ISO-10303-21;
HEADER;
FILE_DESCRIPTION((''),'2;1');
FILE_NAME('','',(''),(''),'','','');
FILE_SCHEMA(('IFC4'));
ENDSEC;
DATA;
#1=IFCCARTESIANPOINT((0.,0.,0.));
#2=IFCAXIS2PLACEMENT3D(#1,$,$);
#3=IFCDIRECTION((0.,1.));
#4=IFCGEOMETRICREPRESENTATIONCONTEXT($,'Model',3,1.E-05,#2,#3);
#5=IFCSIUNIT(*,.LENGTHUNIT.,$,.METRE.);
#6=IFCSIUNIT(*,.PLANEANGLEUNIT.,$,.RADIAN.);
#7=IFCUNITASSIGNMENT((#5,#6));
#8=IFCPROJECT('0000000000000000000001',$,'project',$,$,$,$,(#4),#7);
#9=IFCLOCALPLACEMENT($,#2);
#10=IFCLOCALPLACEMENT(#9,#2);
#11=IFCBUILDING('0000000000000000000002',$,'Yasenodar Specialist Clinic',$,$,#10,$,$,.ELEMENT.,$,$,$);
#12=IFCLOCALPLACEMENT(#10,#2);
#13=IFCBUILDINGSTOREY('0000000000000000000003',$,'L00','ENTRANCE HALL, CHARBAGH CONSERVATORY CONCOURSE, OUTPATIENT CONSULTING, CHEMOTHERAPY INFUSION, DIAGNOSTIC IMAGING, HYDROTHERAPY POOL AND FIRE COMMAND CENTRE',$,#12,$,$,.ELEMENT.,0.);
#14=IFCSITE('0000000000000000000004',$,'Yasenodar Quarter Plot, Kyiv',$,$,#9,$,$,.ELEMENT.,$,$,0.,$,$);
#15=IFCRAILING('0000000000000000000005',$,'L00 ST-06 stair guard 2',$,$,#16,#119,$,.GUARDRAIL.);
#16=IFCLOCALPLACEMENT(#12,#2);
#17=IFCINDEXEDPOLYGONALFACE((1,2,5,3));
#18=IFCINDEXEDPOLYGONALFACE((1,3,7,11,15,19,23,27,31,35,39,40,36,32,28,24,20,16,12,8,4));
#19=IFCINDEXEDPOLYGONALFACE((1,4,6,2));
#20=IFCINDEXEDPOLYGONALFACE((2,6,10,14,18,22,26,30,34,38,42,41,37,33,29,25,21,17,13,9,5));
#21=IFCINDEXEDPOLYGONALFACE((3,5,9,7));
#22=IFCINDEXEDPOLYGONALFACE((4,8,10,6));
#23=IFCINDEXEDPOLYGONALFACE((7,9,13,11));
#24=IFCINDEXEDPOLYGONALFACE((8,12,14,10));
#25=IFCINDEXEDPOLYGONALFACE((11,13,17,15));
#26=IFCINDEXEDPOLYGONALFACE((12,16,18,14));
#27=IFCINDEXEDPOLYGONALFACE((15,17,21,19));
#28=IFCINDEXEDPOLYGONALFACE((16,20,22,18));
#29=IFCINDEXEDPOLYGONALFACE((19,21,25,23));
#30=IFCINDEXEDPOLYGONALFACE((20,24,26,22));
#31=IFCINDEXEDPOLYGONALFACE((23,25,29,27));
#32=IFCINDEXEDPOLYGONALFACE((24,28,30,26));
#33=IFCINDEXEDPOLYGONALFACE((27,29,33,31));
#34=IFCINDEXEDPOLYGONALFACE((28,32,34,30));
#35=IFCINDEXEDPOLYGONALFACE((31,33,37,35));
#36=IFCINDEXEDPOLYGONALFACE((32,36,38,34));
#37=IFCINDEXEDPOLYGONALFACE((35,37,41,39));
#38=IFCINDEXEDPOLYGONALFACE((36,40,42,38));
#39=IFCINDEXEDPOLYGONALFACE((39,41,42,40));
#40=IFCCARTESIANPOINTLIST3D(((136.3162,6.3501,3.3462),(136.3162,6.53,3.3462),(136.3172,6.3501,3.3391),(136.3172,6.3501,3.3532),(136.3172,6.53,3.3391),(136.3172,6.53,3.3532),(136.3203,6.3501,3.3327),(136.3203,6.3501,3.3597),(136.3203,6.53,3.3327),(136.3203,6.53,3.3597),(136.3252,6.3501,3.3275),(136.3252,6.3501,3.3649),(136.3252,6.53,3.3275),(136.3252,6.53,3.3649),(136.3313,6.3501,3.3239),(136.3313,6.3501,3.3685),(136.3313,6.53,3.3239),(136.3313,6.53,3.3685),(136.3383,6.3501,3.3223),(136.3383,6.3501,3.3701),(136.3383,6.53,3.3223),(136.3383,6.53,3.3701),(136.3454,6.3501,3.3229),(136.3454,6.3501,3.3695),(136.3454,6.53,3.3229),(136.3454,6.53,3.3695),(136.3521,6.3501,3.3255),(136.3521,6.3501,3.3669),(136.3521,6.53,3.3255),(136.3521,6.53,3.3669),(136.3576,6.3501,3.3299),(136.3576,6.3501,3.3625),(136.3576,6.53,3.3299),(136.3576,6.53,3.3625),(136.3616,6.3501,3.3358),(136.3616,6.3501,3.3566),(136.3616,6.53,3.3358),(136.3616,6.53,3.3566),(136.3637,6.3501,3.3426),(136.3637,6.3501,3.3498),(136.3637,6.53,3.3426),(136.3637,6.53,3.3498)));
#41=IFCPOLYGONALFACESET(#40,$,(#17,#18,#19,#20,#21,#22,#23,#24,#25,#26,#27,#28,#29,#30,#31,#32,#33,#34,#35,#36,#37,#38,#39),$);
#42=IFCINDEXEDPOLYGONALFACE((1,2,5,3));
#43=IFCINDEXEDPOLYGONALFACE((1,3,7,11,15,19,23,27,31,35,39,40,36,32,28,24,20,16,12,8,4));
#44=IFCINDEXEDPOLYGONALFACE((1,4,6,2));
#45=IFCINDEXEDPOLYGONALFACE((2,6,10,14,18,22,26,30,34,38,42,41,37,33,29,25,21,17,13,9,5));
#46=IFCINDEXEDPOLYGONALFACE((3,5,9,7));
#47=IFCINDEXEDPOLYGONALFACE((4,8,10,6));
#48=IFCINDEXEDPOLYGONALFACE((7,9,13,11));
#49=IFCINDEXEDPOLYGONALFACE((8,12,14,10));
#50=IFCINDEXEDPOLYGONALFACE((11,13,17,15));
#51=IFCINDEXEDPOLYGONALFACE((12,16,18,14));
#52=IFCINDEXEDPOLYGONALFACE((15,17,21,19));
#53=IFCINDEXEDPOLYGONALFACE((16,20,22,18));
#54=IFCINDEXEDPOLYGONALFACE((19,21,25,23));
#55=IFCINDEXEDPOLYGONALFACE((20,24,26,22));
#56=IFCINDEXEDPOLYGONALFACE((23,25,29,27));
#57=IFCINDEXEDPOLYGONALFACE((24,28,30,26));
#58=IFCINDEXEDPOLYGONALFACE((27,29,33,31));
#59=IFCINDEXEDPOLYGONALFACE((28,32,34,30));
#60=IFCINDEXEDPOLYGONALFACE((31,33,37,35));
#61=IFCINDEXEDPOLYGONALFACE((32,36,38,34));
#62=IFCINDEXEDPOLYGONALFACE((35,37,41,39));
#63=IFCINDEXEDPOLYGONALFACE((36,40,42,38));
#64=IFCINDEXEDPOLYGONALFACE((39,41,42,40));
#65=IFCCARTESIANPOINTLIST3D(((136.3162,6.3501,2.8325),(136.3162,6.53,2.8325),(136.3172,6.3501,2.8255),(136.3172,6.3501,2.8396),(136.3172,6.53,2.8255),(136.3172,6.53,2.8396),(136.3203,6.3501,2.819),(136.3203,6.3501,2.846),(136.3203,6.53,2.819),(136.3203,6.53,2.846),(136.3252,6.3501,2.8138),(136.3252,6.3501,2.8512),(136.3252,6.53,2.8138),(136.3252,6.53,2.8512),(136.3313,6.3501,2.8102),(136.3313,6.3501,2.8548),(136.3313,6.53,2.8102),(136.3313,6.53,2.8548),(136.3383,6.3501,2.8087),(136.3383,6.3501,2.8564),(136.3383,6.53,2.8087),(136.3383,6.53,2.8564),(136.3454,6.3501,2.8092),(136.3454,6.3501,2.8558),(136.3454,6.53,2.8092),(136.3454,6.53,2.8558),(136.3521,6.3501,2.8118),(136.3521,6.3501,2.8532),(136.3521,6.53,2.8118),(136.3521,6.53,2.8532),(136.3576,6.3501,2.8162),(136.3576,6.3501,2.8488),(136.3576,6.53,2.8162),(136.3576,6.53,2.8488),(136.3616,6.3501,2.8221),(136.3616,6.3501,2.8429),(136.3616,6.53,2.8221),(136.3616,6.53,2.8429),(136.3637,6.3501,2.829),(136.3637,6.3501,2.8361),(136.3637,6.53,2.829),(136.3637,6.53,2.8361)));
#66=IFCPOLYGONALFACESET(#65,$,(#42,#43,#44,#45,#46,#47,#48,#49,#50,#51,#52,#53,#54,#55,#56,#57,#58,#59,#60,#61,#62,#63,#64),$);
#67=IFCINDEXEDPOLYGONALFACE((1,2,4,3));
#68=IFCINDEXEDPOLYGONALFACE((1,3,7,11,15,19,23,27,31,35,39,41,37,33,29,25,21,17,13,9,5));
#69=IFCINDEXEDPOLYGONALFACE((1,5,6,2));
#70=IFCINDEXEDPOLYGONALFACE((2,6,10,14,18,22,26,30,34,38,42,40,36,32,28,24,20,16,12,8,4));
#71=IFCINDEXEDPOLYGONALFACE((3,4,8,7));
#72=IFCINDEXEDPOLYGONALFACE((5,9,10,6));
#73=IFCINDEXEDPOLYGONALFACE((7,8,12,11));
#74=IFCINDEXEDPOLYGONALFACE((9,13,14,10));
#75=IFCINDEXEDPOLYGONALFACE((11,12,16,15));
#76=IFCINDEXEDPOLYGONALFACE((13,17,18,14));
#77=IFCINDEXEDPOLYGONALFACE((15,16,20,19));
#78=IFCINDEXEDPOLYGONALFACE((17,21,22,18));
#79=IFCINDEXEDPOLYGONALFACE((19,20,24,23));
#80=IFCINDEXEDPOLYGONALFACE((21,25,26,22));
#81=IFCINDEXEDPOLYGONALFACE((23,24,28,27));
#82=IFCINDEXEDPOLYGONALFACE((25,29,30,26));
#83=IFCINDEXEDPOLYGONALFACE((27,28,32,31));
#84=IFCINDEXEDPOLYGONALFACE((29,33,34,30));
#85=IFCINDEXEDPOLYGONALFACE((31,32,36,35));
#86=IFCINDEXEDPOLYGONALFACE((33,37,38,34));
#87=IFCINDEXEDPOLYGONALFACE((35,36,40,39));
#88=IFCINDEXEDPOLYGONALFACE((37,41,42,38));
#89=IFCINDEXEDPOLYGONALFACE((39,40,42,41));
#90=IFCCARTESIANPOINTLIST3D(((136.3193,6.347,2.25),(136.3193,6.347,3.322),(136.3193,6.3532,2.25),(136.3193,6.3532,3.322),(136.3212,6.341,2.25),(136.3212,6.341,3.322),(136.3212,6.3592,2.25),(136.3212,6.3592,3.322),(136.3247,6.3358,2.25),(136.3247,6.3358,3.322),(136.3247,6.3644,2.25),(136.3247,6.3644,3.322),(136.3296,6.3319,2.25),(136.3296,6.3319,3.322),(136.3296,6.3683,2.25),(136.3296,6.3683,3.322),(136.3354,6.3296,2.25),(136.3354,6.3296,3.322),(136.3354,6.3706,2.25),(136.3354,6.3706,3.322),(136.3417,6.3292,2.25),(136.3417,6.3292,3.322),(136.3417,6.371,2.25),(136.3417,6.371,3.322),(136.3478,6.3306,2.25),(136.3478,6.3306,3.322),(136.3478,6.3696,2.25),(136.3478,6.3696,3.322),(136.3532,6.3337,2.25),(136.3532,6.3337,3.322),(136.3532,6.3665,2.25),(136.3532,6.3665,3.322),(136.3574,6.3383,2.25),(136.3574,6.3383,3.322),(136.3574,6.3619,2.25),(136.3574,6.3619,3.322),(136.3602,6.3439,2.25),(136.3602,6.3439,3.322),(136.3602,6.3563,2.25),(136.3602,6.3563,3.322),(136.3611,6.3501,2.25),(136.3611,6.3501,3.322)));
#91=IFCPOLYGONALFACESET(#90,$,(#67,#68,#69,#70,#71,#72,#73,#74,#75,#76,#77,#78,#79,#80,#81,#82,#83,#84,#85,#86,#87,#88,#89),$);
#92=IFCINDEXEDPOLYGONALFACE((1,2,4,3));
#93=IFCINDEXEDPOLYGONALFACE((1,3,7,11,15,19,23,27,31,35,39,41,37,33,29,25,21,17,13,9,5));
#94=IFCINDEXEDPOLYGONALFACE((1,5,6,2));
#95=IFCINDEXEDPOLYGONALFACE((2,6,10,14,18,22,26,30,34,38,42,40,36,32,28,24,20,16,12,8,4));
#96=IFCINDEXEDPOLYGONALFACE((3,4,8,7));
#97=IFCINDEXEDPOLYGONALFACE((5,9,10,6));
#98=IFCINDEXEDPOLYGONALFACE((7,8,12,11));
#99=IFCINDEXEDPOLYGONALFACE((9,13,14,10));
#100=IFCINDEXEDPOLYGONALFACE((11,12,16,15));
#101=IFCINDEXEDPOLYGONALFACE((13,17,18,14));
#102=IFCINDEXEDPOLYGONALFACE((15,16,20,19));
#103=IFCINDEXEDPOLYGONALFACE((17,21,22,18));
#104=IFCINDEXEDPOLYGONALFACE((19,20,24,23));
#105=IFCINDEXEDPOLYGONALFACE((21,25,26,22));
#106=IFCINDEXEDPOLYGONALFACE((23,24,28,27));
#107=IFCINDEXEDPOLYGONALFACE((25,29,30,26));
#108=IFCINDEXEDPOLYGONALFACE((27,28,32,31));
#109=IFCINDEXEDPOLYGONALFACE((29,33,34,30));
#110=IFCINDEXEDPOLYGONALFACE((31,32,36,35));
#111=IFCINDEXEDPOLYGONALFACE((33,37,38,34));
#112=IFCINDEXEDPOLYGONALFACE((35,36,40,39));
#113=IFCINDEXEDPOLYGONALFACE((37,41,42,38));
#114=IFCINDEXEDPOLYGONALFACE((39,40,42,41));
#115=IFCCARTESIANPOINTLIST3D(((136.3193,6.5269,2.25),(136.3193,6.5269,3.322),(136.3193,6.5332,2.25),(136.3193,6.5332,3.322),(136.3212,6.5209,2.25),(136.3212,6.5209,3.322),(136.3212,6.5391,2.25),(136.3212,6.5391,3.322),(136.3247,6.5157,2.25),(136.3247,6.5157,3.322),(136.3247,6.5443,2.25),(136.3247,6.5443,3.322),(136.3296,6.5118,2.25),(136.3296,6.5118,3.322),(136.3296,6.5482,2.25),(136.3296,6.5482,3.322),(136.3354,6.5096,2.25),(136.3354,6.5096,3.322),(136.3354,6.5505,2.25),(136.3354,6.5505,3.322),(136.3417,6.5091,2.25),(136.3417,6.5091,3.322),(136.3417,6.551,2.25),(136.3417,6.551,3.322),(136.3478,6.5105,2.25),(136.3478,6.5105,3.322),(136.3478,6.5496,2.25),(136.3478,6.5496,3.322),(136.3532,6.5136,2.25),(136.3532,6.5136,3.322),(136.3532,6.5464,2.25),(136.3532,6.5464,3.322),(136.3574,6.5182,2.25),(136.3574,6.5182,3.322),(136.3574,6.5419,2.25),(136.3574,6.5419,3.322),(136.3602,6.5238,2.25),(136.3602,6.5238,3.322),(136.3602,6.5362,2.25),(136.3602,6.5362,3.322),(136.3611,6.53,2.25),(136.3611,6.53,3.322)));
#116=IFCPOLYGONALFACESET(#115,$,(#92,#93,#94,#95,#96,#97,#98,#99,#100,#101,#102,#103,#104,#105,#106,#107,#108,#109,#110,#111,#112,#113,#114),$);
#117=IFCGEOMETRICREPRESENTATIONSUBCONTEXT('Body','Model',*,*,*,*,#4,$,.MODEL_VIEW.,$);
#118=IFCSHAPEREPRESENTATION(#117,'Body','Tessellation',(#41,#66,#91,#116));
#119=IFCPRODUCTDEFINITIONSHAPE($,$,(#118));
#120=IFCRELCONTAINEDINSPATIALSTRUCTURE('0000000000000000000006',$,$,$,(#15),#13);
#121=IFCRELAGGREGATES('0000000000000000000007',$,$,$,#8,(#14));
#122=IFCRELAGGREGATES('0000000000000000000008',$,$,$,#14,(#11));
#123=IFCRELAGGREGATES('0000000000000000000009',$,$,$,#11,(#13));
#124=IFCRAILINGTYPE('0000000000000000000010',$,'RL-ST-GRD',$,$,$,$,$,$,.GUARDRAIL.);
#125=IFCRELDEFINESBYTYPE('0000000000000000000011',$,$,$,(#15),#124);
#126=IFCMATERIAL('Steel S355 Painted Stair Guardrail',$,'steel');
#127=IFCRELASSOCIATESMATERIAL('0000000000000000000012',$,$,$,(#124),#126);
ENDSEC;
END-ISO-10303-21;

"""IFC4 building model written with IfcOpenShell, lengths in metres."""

from ifc_helpers import new_model, si_unit, direction, frame, origin, origin_2d, place, context, subcontext, project, spatial, circle, extrude, material, type_object, element, save


model = new_model("IFC4")

# Units and contexts
model_context = context("Model", 3, precision=1e-05, world=origin(), true_north=direction((0.0, 1.0)))
body_context = subcontext(model_context, "Body", "Model", "MODEL_VIEW")
ifc_project = project(units=[si_unit("LENGTHUNIT", "METRE"), si_unit("PLANEANGLEUNIT", "RADIAN")], contexts=[model_context])

# Site, building, storey
site_placement = place(None, origin())
site = spatial("IfcSite", under=ifc_project, at=site_placement, Name="Yasenodar Quarter Plot, Kyiv", CompositionType="ELEMENT", RefElevation=0.0)
building_placement = place(site_placement, origin())
building = spatial("IfcBuilding", under=site, at=building_placement, Name="Yasenodar Specialist Clinic", CompositionType="ELEMENT")
storey_placement = place(building_placement, origin())
storey = spatial("IfcBuildingStorey", under=building, at=storey_placement, Name="L00", Description="ENTRANCE HALL, CHARBAGH CONSERVATORY CONCOURSE, OUTPATIENT CONSULTING, CHEMOTHERAPY INFUSION, DIAGNOSTIC IMAGING, HYDROTHERAPY POOL AND FIRE COMMAND CENTRE", CompositionType="ELEMENT", Elevation=0.0)

# Railing
ifc_material_1 = material(Name="Steel S355 Painted Stair Guardrail", Category="steel")
railing_type_1 = type_object("IfcRailingType", Name="RL-ST-GRD", PredefinedType="GUARDRAIL", material=ifc_material_1)
railing_1_placement = place(storey_placement, frame((136.3401, 6.3501, 2.25)))
element("IfcRailing", 1, at=railing_1_placement, inside=storey, type_object=railing_type_1, Name="L00 ST-06 stair guard 2", PredefinedType="GUARDRAIL", context=body_context, shape_type="SweptSolid", body=[
    extrude(circle(Radius=0.0239, at=origin_2d()), frame((0.0, 0.0, 1.0962), z_axis=(0.0, 1.0, 0.0), x_axis=(-1.0, 0.0, 0.0)), (0.0, 0.0, 1.0), 0.1799),
    extrude(circle(Radius=0.0239, at=origin_2d()), frame((0.0, 0.0, 0.5825), z_axis=(0.0, 1.0, 0.0), x_axis=(-1.0, 0.0, 0.0)), (0.0, 0.0, 1.0), 0.1799),
    extrude(circle(Radius=0.021, at=origin_2d()), origin(), (0.0, 0.0, 1.0), 1.072),
    extrude(circle(Radius=0.021, at=origin_2d()), frame((0.0, 0.1799, 0.0)), (0.0, 0.0, 1.0), 1.072),
])

save(model, "model.ifc")
